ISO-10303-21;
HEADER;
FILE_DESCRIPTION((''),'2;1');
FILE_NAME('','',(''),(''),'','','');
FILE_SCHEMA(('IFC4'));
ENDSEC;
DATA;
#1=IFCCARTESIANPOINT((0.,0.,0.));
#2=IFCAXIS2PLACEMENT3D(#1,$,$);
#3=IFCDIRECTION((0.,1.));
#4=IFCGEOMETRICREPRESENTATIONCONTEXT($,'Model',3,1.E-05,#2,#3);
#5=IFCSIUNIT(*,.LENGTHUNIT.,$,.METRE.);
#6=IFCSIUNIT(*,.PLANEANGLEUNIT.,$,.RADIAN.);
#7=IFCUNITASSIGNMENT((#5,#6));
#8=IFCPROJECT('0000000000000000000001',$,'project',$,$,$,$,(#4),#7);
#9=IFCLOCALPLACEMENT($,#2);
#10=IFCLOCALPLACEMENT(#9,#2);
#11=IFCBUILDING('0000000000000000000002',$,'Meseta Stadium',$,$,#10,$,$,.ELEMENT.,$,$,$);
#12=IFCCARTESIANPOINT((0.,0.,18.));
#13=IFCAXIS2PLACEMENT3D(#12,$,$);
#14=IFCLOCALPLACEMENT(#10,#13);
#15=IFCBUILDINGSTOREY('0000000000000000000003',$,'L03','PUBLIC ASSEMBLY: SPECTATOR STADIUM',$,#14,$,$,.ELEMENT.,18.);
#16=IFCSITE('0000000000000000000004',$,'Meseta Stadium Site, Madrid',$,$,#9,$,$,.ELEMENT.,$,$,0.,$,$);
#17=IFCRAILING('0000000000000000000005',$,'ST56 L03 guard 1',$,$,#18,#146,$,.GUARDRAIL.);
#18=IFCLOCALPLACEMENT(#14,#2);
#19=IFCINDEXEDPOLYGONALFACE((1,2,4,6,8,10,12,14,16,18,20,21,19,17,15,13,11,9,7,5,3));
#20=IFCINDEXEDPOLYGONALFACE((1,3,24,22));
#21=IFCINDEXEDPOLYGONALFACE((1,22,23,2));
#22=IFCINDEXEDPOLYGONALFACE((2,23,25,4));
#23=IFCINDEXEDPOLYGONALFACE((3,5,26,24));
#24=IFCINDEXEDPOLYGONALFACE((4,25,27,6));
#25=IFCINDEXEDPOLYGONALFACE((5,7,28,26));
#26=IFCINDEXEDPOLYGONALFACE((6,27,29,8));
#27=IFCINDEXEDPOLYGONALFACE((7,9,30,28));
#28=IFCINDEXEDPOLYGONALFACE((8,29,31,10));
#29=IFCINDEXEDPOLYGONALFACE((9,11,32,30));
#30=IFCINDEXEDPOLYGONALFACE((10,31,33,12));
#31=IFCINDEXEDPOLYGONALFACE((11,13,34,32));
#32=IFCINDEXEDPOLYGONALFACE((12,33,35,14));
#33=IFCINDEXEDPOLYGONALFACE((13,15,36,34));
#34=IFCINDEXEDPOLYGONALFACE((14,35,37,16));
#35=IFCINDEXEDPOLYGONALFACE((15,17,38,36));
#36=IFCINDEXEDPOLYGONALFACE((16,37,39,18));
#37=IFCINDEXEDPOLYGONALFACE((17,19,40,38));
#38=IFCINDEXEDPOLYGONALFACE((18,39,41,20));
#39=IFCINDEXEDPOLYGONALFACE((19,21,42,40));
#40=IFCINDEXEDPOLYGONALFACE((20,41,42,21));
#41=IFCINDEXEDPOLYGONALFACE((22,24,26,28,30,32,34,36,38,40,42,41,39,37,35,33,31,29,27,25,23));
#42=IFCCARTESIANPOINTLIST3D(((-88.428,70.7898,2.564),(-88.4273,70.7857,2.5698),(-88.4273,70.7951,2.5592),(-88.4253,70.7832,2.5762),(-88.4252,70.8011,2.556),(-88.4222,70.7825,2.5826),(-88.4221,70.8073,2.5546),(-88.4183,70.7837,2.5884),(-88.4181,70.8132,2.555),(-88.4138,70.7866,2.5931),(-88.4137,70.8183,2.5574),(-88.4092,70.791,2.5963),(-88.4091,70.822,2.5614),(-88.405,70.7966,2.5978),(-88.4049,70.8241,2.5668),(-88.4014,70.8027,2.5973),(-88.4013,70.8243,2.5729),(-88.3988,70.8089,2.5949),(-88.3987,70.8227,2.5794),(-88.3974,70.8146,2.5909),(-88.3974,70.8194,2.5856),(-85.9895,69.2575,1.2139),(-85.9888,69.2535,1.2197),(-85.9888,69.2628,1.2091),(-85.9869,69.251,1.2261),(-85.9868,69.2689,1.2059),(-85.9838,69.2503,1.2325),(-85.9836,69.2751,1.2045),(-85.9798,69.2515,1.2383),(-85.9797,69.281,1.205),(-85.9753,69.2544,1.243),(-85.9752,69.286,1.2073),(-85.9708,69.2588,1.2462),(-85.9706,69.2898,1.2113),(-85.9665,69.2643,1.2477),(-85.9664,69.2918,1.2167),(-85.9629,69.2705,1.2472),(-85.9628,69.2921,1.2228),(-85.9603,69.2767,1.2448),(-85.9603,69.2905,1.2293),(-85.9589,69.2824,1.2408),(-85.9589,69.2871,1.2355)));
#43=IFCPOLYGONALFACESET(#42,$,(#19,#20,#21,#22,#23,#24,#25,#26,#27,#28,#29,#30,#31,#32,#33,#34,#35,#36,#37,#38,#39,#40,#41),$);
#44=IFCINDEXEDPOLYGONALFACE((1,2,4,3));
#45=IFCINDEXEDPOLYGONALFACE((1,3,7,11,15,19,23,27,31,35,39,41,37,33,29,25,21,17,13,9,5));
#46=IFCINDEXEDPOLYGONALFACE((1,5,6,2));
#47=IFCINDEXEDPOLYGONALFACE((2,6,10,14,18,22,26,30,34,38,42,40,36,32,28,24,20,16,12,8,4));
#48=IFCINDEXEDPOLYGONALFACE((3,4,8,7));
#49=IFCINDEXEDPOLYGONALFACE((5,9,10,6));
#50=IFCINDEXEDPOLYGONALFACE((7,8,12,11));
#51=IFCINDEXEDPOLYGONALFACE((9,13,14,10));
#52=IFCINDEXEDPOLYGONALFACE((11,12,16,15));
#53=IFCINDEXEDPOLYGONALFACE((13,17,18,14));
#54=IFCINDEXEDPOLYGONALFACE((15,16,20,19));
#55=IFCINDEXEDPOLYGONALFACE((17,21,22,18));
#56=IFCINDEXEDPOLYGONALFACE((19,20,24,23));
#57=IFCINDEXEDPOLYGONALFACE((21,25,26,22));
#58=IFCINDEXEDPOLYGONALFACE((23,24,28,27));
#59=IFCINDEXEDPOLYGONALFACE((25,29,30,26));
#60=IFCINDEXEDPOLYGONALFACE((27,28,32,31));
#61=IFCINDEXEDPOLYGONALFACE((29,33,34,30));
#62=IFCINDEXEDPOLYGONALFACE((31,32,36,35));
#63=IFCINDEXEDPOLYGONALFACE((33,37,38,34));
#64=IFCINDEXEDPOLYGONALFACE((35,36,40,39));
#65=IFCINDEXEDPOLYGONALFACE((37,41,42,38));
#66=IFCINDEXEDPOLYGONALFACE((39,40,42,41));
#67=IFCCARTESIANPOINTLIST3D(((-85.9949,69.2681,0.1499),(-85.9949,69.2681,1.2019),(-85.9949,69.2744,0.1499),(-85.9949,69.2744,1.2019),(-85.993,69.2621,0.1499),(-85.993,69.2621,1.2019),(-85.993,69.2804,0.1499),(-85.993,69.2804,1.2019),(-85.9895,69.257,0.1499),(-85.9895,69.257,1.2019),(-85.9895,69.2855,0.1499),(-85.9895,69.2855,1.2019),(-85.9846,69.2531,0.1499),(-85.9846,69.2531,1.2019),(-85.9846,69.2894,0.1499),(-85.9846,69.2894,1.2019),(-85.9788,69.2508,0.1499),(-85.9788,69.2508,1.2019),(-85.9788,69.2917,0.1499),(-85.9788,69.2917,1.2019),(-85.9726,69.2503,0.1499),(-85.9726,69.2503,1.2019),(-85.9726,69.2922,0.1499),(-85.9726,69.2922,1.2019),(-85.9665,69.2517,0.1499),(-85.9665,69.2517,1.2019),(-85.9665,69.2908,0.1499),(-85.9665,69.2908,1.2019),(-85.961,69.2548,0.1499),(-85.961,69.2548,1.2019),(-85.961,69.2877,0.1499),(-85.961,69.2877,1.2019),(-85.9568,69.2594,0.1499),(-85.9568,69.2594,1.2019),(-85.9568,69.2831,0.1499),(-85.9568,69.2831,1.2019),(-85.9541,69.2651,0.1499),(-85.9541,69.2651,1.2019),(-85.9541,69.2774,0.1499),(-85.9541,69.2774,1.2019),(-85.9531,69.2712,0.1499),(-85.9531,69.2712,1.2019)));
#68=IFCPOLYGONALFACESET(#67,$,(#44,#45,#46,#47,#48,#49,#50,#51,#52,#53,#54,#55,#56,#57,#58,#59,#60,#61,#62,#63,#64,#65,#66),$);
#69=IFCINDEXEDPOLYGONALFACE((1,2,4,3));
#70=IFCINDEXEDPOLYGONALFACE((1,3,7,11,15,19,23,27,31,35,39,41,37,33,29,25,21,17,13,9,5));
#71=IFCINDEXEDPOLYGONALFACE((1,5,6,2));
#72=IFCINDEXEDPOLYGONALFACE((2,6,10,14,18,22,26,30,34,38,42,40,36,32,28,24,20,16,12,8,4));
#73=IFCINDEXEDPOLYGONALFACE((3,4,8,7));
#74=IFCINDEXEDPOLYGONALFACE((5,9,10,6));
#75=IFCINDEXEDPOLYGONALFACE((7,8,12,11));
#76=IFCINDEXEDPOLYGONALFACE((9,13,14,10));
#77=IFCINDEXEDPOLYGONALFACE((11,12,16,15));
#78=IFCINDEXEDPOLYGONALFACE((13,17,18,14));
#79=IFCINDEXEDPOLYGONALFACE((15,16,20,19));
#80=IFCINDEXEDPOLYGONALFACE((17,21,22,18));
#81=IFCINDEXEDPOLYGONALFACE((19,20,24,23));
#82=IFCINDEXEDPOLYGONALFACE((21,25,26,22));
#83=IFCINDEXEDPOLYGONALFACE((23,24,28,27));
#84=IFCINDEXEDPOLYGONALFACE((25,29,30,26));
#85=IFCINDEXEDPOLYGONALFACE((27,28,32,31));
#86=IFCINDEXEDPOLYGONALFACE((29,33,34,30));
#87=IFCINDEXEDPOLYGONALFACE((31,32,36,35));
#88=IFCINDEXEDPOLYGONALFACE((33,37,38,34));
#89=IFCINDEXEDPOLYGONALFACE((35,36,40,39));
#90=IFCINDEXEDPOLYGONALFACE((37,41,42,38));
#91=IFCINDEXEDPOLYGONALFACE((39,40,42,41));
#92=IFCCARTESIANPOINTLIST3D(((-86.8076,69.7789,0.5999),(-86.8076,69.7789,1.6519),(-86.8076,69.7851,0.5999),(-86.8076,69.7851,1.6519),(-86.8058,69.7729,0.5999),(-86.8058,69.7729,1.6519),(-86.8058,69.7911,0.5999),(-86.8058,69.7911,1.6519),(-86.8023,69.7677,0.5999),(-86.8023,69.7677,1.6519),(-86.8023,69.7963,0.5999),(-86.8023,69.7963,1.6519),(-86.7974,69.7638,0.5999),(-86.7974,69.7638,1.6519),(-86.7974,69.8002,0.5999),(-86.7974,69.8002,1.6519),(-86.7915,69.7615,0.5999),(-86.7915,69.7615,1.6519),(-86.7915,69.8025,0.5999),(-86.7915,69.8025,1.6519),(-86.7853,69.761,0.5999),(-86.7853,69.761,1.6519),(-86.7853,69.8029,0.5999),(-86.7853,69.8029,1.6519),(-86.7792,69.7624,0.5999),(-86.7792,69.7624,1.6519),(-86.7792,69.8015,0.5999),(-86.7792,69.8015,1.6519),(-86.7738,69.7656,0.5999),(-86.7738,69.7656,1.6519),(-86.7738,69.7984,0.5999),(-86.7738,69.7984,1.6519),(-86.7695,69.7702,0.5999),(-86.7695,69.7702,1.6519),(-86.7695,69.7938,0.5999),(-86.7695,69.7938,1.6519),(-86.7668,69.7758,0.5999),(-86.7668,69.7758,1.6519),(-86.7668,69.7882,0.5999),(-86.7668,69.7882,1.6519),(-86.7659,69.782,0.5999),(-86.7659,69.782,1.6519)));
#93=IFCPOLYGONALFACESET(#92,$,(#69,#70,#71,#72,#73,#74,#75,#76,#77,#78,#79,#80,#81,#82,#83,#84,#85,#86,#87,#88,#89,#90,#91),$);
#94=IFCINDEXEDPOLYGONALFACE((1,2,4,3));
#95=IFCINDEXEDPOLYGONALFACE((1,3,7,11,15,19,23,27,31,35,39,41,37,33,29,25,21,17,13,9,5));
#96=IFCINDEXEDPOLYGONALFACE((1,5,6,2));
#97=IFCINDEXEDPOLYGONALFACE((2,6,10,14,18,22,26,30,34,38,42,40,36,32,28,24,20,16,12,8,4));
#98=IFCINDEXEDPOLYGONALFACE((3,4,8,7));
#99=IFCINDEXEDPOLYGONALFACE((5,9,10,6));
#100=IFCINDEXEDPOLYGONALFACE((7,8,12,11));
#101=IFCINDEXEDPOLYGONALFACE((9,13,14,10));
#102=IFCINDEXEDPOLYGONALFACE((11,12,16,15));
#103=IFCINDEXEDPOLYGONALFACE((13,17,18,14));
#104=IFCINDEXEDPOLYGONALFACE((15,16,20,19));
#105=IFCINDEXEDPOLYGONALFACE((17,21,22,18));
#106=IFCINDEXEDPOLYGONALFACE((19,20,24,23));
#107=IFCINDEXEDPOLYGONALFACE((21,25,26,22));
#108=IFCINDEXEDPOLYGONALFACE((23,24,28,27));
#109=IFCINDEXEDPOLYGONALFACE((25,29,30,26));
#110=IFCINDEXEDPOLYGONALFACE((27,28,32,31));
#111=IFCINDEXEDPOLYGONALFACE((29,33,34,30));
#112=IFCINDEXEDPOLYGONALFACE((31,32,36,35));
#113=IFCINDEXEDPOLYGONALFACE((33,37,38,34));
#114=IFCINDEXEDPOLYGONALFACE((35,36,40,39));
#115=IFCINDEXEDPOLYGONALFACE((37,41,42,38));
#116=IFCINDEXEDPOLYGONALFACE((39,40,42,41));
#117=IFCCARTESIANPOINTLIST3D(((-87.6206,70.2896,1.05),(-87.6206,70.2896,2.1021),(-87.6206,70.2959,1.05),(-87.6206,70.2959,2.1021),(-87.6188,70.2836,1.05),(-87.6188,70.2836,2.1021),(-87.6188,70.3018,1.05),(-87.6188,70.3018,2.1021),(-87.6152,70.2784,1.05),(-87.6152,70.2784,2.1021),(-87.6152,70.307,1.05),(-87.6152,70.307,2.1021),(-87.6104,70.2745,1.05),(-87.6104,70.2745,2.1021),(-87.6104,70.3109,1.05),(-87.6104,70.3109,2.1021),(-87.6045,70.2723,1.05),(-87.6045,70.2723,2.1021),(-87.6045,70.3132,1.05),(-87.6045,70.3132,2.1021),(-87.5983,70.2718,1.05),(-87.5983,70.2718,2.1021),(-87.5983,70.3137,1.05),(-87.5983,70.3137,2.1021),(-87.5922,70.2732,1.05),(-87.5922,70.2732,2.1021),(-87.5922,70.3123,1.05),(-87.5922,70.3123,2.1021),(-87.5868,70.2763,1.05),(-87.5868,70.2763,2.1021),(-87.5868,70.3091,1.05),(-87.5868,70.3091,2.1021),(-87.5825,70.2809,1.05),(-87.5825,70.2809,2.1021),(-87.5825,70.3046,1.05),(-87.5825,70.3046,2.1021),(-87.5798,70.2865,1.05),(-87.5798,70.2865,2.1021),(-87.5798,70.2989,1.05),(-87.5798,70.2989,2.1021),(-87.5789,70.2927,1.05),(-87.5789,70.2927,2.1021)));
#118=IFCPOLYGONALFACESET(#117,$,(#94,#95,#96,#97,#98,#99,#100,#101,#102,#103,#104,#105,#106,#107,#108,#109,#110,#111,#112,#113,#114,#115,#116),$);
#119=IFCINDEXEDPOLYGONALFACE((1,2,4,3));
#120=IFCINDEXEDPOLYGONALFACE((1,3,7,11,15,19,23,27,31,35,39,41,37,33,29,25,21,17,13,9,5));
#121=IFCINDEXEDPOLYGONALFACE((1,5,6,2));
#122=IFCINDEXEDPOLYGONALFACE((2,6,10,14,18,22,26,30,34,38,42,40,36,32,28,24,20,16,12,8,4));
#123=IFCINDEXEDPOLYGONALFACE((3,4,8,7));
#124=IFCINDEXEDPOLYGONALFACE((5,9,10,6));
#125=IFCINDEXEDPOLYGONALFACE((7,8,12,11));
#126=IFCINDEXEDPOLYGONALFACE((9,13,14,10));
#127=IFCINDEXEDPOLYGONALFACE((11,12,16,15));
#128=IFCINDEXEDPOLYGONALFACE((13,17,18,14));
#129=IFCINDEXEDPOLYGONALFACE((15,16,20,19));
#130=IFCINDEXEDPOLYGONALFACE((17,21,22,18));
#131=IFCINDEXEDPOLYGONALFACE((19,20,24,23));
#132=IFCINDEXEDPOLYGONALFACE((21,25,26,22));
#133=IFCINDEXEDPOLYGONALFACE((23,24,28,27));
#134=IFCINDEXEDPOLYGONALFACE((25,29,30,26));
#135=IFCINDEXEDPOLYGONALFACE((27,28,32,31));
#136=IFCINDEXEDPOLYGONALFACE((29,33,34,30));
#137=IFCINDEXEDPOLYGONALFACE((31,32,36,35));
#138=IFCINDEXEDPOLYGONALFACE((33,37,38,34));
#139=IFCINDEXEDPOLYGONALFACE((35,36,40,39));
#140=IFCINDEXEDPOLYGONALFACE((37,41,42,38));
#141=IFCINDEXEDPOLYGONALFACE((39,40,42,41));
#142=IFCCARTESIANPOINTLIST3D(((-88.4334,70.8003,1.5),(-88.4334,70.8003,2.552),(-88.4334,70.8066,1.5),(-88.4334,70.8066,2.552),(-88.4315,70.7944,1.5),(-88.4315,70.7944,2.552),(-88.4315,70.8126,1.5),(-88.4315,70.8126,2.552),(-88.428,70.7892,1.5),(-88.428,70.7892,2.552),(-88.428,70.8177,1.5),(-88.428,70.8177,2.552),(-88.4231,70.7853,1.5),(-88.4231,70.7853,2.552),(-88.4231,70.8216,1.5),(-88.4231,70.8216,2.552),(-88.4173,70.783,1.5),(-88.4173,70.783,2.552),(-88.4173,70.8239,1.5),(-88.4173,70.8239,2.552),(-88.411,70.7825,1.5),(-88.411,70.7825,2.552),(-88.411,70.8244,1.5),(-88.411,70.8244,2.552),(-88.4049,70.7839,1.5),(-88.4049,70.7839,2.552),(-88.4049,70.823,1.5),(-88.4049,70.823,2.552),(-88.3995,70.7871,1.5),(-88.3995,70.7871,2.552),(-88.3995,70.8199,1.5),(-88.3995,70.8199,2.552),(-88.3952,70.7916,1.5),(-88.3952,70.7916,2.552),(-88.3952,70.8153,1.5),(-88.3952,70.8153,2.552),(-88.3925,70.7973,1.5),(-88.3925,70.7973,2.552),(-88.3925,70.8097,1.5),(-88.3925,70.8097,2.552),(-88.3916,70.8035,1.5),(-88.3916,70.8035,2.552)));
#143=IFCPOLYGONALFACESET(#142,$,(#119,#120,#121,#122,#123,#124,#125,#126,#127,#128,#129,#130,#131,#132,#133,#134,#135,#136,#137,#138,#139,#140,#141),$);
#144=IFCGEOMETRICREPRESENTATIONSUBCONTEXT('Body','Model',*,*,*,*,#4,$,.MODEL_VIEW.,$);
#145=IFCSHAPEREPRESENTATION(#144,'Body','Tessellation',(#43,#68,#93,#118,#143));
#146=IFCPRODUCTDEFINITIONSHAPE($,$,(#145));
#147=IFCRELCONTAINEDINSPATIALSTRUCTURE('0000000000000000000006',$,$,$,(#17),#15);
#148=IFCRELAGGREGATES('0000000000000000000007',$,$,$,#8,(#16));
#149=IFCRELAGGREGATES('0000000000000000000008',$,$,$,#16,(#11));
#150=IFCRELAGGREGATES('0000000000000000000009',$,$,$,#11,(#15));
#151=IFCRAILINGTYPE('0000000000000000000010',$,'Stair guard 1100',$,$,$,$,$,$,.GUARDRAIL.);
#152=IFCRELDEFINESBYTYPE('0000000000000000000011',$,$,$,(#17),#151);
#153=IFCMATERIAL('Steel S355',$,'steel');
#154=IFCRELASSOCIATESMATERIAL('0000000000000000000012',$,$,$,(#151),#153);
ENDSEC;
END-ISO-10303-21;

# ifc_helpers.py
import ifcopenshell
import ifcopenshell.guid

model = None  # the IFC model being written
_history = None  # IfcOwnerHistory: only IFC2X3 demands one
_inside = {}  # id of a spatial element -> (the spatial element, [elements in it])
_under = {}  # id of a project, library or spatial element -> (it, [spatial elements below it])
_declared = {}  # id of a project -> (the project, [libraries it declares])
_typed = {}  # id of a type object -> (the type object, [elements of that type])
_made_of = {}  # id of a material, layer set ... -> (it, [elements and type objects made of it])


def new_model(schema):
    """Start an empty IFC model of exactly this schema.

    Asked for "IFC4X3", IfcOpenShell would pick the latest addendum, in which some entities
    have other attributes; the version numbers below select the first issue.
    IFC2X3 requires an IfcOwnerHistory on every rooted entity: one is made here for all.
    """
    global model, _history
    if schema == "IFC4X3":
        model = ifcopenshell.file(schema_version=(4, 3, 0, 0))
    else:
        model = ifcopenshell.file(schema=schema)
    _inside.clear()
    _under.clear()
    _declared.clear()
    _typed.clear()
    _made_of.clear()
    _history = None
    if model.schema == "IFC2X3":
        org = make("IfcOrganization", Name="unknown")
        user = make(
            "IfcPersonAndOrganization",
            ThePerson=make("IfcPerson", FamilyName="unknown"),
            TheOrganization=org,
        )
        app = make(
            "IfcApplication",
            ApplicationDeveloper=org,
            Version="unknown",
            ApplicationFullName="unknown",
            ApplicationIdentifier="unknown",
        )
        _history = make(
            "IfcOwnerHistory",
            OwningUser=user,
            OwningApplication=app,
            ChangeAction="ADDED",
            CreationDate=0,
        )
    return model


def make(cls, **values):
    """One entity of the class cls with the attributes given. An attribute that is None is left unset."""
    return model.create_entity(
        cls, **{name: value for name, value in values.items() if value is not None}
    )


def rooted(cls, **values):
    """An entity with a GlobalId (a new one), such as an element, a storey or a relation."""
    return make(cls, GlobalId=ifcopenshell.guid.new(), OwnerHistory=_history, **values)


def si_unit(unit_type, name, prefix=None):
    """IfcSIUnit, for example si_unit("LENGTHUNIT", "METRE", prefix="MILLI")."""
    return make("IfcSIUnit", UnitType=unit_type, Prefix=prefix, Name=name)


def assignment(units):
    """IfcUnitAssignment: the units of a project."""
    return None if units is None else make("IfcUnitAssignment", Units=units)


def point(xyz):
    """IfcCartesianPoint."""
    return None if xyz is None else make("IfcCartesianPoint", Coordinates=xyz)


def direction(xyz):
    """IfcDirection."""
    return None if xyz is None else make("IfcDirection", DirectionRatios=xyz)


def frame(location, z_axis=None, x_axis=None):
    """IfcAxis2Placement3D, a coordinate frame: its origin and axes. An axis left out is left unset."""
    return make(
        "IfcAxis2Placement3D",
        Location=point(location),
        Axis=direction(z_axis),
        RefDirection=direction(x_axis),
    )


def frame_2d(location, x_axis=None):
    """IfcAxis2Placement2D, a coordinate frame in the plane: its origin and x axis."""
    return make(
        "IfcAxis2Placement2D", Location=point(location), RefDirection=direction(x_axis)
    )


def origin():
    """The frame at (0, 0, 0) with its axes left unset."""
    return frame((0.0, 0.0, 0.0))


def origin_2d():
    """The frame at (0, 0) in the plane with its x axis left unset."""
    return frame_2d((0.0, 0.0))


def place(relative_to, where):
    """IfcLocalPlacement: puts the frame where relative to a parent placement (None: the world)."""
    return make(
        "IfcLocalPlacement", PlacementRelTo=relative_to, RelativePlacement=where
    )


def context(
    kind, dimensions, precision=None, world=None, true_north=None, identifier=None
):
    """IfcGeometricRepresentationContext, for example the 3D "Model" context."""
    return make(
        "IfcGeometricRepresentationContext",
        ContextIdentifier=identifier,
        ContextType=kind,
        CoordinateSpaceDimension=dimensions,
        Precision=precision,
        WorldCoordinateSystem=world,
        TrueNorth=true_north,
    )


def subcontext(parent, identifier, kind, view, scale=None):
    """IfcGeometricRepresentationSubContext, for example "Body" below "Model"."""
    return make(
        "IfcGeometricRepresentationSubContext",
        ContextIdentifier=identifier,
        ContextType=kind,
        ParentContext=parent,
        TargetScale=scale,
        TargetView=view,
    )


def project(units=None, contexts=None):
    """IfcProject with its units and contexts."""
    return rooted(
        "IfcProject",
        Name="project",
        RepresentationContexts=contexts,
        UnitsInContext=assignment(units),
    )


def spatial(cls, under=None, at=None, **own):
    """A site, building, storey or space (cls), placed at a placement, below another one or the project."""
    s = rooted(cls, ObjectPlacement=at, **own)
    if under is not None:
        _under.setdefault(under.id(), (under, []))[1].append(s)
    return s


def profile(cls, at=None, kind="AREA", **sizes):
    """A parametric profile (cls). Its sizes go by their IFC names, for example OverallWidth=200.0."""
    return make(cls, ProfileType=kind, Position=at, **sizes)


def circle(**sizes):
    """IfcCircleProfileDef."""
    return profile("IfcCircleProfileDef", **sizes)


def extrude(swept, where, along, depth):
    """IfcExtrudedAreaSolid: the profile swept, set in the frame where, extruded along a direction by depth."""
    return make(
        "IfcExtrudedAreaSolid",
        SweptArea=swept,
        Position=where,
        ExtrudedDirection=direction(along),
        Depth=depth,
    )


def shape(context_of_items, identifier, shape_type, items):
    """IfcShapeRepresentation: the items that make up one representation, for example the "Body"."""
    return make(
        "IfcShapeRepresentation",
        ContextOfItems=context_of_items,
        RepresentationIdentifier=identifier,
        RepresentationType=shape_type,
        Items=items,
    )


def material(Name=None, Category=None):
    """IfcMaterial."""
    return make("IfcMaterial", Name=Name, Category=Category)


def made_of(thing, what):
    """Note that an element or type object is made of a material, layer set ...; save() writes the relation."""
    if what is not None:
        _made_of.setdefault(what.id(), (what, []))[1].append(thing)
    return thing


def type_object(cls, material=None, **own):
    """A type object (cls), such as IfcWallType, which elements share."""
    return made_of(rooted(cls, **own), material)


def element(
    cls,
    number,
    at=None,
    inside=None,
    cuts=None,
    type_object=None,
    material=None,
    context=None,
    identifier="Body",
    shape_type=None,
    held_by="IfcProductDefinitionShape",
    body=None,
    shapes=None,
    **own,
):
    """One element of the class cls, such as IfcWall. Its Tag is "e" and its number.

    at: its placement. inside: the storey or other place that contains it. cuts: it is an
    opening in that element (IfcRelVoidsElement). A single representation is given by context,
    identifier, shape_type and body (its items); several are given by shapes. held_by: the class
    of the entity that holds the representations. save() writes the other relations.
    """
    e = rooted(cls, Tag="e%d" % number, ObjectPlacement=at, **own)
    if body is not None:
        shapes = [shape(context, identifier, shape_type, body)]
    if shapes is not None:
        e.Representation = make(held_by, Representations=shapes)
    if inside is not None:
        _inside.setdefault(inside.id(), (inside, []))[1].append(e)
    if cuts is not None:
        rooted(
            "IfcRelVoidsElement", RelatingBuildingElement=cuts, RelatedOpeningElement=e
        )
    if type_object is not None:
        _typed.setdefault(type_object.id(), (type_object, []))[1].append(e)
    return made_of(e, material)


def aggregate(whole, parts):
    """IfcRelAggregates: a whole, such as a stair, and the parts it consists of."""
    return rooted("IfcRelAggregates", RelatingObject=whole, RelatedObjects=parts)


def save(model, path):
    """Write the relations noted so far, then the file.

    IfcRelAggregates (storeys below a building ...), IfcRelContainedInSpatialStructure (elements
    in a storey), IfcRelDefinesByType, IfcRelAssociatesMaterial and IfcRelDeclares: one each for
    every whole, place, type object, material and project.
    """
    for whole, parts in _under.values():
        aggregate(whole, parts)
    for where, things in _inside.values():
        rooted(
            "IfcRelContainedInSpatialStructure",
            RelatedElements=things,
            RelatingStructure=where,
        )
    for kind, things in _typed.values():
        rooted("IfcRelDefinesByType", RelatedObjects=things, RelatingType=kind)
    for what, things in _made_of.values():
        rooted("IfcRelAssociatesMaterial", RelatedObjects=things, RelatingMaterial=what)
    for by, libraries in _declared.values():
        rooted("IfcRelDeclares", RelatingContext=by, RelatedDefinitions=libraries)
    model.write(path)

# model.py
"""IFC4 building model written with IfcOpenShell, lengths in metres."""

from ifc_helpers import new_model, si_unit, direction, frame, origin, origin_2d, place, context, subcontext, project, spatial, circle, extrude, material, type_object, element, save


model = new_model("IFC4")

# Units and contexts
model_context = context("Model", 3, precision=1e-05, world=origin(), true_north=direction((0.0, 1.0)))
body_context = subcontext(model_context, "Body", "Model", "MODEL_VIEW")
ifc_project = project(units=[si_unit("LENGTHUNIT", "METRE"), si_unit("PLANEANGLEUNIT", "RADIAN")], contexts=[model_context])

# Site, building, storey
site_placement = place(None, origin())
site = spatial("IfcSite", under=ifc_project, at=site_placement, Name="Meseta Stadium Site, Madrid", CompositionType="ELEMENT", RefElevation=0.0)
building_placement = place(site_placement, origin())
building = spatial("IfcBuilding", under=site, at=building_placement, Name="Meseta Stadium", CompositionType="ELEMENT")
storey_placement = place(building_placement, frame((0.0, 0.0, 18.0)))
storey = spatial("IfcBuildingStorey", under=building, at=storey_placement, Name="L03", Description="PUBLIC ASSEMBLY: SPECTATOR STADIUM", CompositionType="ELEMENT", Elevation=18.0)

# Railing
ifc_material_1 = material(Name="Steel S355", Category="steel")
railing_type_1 = type_object("IfcRailingType", Name="Stair guard 1100", PredefinedType="GUARDRAIL", material=ifc_material_1)
railing_1_placement = place(storey_placement, frame((-85.9741, 69.2712, 0.1499)))
element("IfcRailing", 1, at=railing_1_placement, inside=storey, type_object=railing_type_1, Name="ST56 L03 guard 1", PredefinedType="GUARDRAIL", context=body_context, shape_type="SweptSolid", body=[
    extrude(circle(Radius=0.0239, at=origin_2d()), frame((0.0, 0.0, 1.0762), z_axis=(-0.766655, 0.481731, 0.42447), x_axis=(-0.53204, -0.846719, 0.0)), (0.0, 0.0, 1.0), 3.1807),
    extrude(circle(Radius=0.021, at=origin_2d()), origin(), (0.0, 0.0, 1.0), 1.052),
    extrude(circle(Radius=0.021, at=origin_2d()), frame((-0.8127, 0.5107, 0.45)), (0.0, 0.0, 1.0), 1.052),
    extrude(circle(Radius=0.021, at=origin_2d()), frame((-1.6257, 1.0215, 0.9001)), (0.0, 0.0, 1.0), 1.052),
    extrude(circle(Radius=0.021, at=origin_2d()), frame((-2.4385, 1.5322, 1.3501)), (0.0, 0.0, 1.0), 1.052),
])

save(model, "model.ifc")
